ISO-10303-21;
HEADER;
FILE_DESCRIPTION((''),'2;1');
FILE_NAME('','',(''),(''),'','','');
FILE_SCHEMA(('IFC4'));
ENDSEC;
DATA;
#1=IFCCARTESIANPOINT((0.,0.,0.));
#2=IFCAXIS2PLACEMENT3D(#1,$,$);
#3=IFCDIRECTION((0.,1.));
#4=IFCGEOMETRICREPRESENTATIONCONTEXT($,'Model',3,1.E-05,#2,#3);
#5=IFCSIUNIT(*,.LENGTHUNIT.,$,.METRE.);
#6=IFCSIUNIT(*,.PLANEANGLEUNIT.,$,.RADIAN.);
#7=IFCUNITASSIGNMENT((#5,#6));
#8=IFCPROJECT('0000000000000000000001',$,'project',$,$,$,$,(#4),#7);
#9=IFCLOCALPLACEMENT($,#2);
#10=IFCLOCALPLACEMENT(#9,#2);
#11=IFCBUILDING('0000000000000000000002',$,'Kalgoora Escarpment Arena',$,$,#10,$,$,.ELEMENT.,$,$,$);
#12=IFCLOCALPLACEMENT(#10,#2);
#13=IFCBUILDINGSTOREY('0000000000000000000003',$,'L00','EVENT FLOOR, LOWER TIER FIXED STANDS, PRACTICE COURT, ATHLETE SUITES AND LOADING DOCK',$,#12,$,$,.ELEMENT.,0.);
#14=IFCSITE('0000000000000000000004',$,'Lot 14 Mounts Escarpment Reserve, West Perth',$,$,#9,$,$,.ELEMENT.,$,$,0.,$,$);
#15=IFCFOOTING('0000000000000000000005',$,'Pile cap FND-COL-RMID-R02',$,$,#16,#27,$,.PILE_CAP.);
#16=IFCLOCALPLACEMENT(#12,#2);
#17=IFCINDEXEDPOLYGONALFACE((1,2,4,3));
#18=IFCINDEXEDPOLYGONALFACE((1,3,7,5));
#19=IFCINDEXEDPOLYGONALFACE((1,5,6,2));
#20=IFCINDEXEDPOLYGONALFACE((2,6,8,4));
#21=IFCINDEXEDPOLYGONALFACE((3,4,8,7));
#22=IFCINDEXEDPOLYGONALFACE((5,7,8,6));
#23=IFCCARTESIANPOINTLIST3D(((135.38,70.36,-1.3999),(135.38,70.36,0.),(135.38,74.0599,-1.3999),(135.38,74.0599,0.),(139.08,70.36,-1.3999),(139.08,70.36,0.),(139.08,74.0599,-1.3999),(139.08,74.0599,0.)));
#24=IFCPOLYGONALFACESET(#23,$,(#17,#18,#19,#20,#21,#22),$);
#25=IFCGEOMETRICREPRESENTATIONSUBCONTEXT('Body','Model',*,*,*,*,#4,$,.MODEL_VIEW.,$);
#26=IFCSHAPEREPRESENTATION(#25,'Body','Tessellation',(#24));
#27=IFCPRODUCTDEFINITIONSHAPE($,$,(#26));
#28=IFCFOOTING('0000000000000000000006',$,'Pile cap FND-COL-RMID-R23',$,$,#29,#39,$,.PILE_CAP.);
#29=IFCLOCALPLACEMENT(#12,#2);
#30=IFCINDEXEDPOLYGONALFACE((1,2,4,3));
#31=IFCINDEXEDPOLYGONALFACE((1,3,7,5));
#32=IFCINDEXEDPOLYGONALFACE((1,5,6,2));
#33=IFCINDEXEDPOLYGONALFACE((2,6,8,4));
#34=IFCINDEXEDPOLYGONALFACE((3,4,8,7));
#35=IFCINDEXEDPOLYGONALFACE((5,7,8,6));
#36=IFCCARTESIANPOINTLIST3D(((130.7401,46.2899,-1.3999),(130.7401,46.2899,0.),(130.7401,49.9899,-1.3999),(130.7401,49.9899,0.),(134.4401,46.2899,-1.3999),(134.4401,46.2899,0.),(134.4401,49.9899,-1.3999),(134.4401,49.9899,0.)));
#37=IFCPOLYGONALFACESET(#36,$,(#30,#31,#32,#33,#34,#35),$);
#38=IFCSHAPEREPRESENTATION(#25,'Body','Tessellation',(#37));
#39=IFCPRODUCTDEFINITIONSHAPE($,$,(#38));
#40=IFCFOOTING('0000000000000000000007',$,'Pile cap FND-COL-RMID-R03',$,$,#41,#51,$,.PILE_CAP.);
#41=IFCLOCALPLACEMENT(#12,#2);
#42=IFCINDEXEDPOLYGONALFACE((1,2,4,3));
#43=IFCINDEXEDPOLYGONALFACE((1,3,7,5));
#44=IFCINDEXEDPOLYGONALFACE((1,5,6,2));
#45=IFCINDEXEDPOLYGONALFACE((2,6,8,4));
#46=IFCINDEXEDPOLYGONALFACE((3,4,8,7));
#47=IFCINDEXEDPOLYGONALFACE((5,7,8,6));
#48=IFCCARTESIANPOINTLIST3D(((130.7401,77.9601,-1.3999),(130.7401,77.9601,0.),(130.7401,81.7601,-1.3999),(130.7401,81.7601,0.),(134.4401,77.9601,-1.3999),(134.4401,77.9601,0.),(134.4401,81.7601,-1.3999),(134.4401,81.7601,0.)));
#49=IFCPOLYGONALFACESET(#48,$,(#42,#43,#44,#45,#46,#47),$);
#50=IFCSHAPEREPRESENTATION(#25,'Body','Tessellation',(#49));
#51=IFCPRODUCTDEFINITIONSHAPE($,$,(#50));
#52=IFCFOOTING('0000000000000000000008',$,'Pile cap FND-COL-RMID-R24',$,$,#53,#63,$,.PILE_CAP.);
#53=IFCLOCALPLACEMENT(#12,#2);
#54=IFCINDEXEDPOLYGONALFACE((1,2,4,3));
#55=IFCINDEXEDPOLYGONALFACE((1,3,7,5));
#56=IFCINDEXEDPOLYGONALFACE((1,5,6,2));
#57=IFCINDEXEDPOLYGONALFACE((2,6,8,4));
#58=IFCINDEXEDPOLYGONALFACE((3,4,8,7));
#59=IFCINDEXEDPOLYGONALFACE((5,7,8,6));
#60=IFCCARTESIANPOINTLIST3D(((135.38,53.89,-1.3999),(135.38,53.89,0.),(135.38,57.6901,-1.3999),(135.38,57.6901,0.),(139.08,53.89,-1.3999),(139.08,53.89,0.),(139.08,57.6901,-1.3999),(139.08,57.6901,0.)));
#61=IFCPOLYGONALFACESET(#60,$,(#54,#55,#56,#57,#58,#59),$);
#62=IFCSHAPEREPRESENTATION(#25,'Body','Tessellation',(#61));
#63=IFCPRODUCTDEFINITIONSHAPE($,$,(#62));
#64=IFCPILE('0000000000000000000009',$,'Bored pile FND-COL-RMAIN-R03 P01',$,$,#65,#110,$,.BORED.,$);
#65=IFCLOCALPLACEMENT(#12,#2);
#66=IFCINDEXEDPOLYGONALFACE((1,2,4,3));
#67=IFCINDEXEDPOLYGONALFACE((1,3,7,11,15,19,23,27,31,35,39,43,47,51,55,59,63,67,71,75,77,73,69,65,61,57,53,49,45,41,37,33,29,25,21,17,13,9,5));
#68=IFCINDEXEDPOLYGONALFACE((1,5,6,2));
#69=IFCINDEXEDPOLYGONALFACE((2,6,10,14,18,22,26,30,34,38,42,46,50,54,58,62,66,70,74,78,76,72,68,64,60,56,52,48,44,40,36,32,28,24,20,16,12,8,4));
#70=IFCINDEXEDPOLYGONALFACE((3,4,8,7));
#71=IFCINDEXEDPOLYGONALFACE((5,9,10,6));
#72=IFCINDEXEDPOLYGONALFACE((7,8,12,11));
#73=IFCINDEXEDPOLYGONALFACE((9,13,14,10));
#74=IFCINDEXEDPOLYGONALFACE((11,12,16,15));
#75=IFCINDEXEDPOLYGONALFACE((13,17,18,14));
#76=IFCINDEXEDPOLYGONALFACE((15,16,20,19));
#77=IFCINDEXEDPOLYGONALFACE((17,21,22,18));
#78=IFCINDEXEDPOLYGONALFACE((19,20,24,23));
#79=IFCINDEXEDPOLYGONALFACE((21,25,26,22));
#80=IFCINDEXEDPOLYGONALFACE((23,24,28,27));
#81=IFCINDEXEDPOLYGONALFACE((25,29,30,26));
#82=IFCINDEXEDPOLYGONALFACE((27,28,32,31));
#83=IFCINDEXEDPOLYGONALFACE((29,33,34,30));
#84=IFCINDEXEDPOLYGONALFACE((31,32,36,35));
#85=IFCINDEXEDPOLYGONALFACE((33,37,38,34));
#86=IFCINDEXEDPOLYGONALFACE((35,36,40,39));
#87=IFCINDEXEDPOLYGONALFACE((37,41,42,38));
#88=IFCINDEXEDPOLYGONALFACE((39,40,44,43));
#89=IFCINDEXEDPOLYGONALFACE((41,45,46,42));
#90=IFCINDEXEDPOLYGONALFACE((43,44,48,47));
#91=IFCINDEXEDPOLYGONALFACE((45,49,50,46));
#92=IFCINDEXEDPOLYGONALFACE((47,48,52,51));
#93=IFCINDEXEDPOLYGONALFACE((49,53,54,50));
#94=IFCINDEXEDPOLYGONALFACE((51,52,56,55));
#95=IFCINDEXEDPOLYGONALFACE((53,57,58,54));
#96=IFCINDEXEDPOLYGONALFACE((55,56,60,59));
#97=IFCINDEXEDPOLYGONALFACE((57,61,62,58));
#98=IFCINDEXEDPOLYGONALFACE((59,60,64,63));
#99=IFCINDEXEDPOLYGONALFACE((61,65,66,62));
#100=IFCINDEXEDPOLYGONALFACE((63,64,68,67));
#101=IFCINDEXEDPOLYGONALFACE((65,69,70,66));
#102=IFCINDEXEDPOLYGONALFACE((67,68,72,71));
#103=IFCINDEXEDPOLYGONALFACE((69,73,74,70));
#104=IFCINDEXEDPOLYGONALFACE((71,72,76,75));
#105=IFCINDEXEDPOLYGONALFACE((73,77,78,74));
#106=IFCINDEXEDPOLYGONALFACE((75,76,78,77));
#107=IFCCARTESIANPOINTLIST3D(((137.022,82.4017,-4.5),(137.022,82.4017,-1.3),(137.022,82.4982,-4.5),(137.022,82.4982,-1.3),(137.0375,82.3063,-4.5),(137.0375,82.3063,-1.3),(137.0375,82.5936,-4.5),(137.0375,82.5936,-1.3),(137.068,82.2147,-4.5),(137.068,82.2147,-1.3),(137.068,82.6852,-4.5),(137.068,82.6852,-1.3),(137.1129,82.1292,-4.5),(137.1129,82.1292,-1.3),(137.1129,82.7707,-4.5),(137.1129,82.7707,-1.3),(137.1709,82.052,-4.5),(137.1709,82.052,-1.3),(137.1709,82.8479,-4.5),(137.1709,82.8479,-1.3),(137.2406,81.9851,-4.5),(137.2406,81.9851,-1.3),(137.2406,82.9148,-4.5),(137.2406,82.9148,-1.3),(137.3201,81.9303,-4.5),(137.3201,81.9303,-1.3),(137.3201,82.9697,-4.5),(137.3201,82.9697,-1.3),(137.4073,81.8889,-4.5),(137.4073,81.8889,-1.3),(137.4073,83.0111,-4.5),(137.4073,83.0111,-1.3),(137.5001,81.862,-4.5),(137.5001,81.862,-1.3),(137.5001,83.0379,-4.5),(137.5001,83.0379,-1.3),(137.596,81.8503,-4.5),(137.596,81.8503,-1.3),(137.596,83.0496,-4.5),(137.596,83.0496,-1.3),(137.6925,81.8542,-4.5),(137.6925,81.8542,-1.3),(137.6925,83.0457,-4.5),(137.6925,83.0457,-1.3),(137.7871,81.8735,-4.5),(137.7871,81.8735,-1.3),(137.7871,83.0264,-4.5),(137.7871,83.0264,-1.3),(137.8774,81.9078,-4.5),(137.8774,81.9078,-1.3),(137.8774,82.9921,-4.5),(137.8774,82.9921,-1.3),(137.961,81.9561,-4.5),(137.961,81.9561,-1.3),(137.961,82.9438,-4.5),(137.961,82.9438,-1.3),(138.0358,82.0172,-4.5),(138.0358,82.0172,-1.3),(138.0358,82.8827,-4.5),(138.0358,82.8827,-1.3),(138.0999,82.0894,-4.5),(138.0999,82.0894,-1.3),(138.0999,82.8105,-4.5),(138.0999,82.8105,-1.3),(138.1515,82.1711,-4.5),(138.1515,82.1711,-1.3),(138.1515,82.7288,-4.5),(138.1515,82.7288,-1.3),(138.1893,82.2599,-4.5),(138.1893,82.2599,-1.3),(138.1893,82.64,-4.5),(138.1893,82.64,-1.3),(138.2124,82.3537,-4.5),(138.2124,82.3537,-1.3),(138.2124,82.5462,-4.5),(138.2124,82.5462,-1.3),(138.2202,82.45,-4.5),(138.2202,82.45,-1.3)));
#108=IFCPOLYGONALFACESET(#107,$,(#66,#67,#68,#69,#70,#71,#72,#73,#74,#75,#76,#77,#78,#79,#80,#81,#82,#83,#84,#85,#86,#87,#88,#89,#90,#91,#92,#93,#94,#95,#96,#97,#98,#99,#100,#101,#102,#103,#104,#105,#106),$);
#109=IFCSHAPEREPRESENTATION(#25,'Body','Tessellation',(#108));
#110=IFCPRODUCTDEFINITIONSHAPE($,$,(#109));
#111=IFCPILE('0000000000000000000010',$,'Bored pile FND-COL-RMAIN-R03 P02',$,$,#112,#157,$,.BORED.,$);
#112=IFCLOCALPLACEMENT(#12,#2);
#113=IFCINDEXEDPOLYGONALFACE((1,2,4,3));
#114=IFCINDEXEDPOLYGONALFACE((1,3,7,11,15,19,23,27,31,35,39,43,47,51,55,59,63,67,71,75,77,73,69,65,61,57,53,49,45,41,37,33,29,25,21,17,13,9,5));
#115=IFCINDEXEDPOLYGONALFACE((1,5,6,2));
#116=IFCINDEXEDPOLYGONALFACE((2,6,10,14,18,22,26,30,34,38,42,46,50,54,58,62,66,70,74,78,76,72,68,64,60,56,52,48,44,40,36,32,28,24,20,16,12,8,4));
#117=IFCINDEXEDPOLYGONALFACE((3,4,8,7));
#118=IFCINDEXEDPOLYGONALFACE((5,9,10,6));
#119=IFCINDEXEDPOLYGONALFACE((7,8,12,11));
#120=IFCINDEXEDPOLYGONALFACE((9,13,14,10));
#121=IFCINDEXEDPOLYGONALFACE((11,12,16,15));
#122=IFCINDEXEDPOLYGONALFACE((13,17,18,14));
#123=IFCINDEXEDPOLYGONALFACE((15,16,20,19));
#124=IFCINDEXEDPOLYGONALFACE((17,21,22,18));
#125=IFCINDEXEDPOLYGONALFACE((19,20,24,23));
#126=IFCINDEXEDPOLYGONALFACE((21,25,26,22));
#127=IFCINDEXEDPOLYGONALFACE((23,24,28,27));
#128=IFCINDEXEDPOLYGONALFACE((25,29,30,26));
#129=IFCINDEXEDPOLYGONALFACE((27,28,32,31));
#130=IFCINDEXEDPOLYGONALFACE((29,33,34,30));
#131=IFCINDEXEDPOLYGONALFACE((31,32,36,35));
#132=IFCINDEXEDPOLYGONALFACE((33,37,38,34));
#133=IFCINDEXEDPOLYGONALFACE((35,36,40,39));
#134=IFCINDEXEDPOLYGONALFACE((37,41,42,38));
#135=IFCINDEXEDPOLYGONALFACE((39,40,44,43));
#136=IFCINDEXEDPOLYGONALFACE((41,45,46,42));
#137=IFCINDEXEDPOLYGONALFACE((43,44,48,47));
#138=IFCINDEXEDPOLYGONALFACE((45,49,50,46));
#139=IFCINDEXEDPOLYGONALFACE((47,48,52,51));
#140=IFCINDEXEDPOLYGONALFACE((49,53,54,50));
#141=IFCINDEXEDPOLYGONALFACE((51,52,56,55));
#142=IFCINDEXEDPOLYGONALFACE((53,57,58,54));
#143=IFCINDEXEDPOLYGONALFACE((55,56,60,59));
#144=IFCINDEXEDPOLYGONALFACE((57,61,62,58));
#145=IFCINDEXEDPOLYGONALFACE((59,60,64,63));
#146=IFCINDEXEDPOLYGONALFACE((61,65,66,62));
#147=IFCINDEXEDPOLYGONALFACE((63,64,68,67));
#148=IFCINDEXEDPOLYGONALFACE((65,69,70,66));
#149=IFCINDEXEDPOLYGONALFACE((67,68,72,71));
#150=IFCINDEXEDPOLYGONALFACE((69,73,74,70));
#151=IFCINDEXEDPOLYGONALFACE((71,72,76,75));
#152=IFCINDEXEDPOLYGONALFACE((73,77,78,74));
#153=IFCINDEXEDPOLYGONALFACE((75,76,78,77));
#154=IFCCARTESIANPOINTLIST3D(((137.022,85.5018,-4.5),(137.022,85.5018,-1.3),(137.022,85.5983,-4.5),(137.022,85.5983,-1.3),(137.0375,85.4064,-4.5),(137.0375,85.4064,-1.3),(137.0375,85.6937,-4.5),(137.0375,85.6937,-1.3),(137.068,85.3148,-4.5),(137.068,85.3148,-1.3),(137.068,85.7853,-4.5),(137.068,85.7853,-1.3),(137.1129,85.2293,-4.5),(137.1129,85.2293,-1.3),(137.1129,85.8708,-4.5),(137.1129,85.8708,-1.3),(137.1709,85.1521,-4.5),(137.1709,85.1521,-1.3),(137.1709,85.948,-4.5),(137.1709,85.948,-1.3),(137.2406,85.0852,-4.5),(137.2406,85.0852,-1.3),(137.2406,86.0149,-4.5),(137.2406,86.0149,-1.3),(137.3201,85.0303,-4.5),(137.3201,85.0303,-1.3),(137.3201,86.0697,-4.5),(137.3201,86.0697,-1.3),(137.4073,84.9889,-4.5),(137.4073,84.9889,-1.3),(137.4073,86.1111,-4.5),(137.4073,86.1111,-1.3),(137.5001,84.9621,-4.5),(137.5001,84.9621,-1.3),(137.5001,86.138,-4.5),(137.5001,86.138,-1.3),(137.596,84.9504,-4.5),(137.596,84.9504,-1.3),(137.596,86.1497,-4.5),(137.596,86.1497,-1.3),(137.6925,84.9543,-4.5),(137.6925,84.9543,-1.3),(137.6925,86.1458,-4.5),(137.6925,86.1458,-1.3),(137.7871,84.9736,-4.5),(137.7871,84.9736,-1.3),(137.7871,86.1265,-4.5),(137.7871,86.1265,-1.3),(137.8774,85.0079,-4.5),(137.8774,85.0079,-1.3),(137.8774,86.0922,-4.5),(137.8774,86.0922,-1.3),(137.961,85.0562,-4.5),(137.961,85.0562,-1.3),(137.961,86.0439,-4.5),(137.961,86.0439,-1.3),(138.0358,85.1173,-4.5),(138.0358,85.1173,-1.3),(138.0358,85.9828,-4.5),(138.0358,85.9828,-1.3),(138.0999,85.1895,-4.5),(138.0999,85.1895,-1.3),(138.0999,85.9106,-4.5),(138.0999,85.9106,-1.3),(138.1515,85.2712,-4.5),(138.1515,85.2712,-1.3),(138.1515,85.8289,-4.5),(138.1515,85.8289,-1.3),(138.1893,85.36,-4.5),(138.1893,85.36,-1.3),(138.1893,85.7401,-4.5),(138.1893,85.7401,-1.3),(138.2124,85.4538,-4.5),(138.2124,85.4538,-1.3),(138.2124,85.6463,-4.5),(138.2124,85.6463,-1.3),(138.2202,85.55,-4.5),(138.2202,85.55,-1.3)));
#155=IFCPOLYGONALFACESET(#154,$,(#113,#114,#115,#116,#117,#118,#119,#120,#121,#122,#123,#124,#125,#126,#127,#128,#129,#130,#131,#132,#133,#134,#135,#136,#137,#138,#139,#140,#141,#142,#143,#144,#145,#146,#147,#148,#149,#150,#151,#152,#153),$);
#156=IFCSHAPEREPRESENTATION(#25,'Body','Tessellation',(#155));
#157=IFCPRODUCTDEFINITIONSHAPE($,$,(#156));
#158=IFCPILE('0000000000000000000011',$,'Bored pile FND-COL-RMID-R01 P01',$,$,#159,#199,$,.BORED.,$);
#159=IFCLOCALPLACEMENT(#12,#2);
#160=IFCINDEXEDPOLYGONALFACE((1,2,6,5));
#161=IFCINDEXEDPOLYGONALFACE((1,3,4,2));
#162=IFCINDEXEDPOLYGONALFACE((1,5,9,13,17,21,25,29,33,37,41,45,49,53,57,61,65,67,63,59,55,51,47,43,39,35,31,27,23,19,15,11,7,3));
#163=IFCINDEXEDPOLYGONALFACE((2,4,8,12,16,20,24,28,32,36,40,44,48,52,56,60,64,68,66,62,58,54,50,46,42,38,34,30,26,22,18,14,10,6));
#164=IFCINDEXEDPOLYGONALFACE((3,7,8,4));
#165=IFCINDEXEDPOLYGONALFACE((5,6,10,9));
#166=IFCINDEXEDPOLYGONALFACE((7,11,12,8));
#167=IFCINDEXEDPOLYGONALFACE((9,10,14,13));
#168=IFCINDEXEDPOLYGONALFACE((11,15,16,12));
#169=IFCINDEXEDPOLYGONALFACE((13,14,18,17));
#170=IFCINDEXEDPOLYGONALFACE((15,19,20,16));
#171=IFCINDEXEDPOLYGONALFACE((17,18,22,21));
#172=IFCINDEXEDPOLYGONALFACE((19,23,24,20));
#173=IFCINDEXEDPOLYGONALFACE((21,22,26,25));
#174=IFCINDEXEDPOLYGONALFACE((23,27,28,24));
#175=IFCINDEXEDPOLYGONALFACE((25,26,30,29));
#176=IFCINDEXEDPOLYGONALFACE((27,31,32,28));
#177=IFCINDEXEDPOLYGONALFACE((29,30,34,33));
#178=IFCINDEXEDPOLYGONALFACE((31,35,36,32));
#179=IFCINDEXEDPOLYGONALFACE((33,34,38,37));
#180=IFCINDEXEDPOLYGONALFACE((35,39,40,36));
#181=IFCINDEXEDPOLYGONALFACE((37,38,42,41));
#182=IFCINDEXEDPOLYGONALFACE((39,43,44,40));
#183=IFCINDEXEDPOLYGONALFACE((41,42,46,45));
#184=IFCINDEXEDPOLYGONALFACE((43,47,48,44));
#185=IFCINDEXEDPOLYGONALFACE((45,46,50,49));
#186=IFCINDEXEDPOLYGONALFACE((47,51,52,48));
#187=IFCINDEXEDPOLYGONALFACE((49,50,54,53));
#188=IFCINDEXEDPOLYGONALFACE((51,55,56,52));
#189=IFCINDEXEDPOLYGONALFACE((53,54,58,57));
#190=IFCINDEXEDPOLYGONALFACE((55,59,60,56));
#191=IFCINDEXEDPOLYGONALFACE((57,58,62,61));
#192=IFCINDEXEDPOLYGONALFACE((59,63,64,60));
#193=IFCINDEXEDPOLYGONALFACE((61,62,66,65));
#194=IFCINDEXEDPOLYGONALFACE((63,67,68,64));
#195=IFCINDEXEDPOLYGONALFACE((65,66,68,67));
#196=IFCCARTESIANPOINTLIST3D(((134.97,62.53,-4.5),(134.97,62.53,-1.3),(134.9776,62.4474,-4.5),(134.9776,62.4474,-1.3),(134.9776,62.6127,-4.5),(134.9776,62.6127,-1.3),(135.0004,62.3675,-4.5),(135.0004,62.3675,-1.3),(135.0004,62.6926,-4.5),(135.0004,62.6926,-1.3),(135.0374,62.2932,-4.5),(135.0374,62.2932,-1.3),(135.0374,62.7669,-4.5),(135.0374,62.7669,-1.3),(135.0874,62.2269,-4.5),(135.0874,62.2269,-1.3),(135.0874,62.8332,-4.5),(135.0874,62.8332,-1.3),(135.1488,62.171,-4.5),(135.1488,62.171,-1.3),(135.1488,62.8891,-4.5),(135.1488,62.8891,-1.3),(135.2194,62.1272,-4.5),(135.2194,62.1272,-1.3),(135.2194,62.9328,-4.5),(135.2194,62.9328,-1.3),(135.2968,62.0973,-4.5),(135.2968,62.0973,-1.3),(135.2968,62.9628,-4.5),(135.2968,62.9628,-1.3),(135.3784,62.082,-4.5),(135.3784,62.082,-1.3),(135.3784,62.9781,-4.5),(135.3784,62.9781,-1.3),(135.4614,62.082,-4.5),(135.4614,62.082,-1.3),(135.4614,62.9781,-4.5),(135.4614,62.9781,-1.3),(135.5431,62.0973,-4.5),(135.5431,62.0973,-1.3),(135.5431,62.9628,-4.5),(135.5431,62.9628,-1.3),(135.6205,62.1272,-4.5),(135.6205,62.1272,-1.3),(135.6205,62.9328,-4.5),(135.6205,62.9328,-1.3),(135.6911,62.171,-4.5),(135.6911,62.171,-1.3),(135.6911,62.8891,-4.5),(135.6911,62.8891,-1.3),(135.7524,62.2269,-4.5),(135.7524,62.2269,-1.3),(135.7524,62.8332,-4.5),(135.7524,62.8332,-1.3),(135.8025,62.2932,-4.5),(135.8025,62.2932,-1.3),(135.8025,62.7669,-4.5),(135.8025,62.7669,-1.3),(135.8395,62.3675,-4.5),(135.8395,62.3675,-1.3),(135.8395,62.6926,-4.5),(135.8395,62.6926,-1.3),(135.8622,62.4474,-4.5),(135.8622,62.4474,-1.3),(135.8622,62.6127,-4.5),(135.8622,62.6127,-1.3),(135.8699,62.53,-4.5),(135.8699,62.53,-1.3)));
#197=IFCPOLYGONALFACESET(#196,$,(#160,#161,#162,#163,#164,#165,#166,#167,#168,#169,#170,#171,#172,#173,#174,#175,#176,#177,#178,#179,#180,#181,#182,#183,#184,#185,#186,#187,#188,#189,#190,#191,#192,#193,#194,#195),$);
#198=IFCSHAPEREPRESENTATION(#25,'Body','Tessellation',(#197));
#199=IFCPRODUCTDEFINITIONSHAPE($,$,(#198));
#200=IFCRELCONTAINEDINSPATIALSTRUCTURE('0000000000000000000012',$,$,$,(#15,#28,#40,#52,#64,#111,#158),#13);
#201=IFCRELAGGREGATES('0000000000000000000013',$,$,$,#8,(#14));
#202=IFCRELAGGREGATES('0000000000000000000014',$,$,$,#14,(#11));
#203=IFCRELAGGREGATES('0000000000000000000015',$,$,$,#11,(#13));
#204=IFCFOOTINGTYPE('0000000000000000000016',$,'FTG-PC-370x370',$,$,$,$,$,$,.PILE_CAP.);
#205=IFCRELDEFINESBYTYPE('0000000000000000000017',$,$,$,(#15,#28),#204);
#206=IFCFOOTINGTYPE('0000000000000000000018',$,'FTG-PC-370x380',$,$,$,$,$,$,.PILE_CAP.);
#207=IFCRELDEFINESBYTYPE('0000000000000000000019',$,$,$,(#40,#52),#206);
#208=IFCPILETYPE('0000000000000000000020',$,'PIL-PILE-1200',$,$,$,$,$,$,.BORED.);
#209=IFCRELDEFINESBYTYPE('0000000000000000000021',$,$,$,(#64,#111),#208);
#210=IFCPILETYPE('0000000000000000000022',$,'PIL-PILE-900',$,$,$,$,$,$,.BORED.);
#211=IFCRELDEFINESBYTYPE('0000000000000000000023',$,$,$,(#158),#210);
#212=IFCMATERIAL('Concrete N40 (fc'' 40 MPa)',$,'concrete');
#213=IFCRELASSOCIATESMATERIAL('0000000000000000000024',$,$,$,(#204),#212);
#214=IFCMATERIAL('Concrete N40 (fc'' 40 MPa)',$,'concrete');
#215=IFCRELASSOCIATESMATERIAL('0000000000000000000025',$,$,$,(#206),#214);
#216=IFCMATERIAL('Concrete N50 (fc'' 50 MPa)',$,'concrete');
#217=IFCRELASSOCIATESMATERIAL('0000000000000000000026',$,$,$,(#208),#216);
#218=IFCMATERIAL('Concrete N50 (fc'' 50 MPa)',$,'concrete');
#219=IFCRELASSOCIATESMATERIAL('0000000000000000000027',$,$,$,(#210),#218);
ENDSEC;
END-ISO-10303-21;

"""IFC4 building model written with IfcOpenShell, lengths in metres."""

from ifc_helpers import new_model, si_unit, direction, frame, origin, origin_2d, place, context, subcontext, project, spatial, rectangle, circle, extrude, material, material_profile, profile_set, type_object, element, save


model = new_model("IFC4")

# Units and contexts
model_context = context("Model", 3, precision=1e-05, world=origin(), true_north=direction((0.0, 1.0)))
body_context = subcontext(model_context, "Body", "Model", "MODEL_VIEW")
ifc_project = project(units=[si_unit("LENGTHUNIT", "METRE"), si_unit("PLANEANGLEUNIT", "RADIAN")], contexts=[model_context])

# Site, building, storey
site_placement = place(None, origin())
site = spatial("IfcSite", under=ifc_project, at=site_placement, Name="Lot 14 Mounts Escarpment Reserve, West Perth", CompositionType="ELEMENT", RefElevation=0.0)
building_placement = place(site_placement, origin())
building = spatial("IfcBuilding", under=site, at=building_placement, Name="Kalgoora Escarpment Arena", CompositionType="ELEMENT")
storey_placement = place(building_placement, origin())
storey = spatial("IfcBuildingStorey", under=building, at=storey_placement, Name="L00", Description="EVENT FLOOR, LOWER TIER FIXED STANDS, PRACTICE COURT, ATHLETE SUITES AND LOADING DOCK", CompositionType="ELEMENT", Elevation=0.0)

# Footings
ifc_material_1 = material(Name="Concrete N40 (fc' 40 MPa)", Category="concrete")
footing_type_1 = type_object("IfcFootingType", Name="FTG-PC-370x370", PredefinedType="PILE_CAP", material=ifc_material_1)
for number, where, z_axis, x_axis, name in (
    (1, (137.23, 72.21, -1.3999), (0.0, 0.0, 1.0), (1.0, 0.0, 0.0), "Pile cap FND-COL-RMID-R02"),
    (2, (132.5901, 48.1399, -1.3999), (0.0, 0.0, 1.0), (1.0, 0.0, 0.0), "Pile cap FND-COL-RMID-R23"),
):
    element("IfcFooting", number, at=place(storey_placement, frame(where, z_axis=z_axis, x_axis=x_axis)), inside=storey, type_object=footing_type_1, Name=name, PredefinedType="PILE_CAP", context=body_context, shape_type="SweptSolid", body=[
        extrude(rectangle(XDim=3.7, YDim=3.7, at=origin_2d()), origin(), (0.0, 0.0, 1.0), 1.3999),
    ])
ifc_material_2 = material(Name="Concrete N40 (fc' 40 MPa)", Category="concrete")
footing_type_2 = type_object("IfcFootingType", Name="FTG-PC-370x380", PredefinedType="PILE_CAP", material=ifc_material_2)
for number, where, z_axis, x_axis, name in (
    (3, (132.5901, 79.8601, -1.3999), (0.0, 0.0, 1.0), (1.0, 0.0, 0.0), "Pile cap FND-COL-RMID-R03"),
    (4, (137.23, 55.79, -1.3999), (0.0, 0.0, 1.0), (1.0, 0.0, 0.0), "Pile cap FND-COL-RMID-R24"),
):
    element("IfcFooting", number, at=place(storey_placement, frame(where, z_axis=z_axis, x_axis=x_axis)), inside=storey, type_object=footing_type_2, Name=name, PredefinedType="PILE_CAP", context=body_context, shape_type="SweptSolid", body=[
        extrude(rectangle(XDim=3.7, YDim=3.8, at=origin_2d()), origin(), (0.0, 0.0, 1.0), 1.3999),
    ])

# Piles
ifc_material_3 = material(Name="Concrete N50 (fc' 50 MPa)", Category="concrete")
ifc_material_profile_1 = material_profile(ifc_material_3, circle(Radius=0.6001, at=origin_2d()))
ifc_profile_set_1 = profile_set([ifc_material_profile_1], Name="Concrete N50 (fc' 50 MPa)")
pile_type_1 = type_object("IfcPileType", Name="PIL-PILE-1200", PredefinedType="BORED", material=ifc_profile_set_1)
for number, where, z_axis, x_axis, name in (
    (5, (137.6201, 82.45, -1.3), (0.0, 0.0, -1.0), (1.0, 0.0, 0.0), "Bored pile FND-COL-RMAIN-R03 P01"),
    (6, (137.6201, 85.55, -1.3), (0.0, 0.0, -1.0), (1.0, 0.0, 0.0), "Bored pile FND-COL-RMAIN-R03 P02"),
):
    element("IfcPile", number, at=place(storey_placement, frame(where, z_axis=z_axis, x_axis=x_axis)), inside=storey, type_object=pile_type_1, Name=name, PredefinedType="BORED", context=body_context, shape_type="SweptSolid", body=[
        extrude(circle(Radius=0.6001, at=origin_2d()), origin(), (0.0, 0.0, 1.0), 3.2),
    ])
ifc_material_4 = material(Name="Concrete N50 (fc' 50 MPa)", Category="concrete")
ifc_material_profile_2 = material_profile(ifc_material_4, circle(Radius=0.45, at=origin_2d()))
ifc_profile_set_2 = profile_set([ifc_material_profile_2], Name="Concrete N50 (fc' 50 MPa)")
pile_type_2 = type_object("IfcPileType", Name="PIL-PILE-900", PredefinedType="BORED", material=ifc_profile_set_2)
for number, where, z_axis, x_axis, name in (
    (7, (135.4199, 62.53, -1.3), (0.0, 0.0, -1.0), (1.0, 0.0, 0.0), "Bored pile FND-COL-RMID-R01 P01"),
):
    element("IfcPile", number, at=place(storey_placement, frame(where, z_axis=z_axis, x_axis=x_axis)), inside=storey, type_object=pile_type_2, Name=name, PredefinedType="BORED", context=body_context, shape_type="SweptSolid", body=[
        extrude(circle(Radius=0.45, at=origin_2d()), origin(), (0.0, 0.0, 1.0), 3.2),
    ])

save(model, "model.ifc")
